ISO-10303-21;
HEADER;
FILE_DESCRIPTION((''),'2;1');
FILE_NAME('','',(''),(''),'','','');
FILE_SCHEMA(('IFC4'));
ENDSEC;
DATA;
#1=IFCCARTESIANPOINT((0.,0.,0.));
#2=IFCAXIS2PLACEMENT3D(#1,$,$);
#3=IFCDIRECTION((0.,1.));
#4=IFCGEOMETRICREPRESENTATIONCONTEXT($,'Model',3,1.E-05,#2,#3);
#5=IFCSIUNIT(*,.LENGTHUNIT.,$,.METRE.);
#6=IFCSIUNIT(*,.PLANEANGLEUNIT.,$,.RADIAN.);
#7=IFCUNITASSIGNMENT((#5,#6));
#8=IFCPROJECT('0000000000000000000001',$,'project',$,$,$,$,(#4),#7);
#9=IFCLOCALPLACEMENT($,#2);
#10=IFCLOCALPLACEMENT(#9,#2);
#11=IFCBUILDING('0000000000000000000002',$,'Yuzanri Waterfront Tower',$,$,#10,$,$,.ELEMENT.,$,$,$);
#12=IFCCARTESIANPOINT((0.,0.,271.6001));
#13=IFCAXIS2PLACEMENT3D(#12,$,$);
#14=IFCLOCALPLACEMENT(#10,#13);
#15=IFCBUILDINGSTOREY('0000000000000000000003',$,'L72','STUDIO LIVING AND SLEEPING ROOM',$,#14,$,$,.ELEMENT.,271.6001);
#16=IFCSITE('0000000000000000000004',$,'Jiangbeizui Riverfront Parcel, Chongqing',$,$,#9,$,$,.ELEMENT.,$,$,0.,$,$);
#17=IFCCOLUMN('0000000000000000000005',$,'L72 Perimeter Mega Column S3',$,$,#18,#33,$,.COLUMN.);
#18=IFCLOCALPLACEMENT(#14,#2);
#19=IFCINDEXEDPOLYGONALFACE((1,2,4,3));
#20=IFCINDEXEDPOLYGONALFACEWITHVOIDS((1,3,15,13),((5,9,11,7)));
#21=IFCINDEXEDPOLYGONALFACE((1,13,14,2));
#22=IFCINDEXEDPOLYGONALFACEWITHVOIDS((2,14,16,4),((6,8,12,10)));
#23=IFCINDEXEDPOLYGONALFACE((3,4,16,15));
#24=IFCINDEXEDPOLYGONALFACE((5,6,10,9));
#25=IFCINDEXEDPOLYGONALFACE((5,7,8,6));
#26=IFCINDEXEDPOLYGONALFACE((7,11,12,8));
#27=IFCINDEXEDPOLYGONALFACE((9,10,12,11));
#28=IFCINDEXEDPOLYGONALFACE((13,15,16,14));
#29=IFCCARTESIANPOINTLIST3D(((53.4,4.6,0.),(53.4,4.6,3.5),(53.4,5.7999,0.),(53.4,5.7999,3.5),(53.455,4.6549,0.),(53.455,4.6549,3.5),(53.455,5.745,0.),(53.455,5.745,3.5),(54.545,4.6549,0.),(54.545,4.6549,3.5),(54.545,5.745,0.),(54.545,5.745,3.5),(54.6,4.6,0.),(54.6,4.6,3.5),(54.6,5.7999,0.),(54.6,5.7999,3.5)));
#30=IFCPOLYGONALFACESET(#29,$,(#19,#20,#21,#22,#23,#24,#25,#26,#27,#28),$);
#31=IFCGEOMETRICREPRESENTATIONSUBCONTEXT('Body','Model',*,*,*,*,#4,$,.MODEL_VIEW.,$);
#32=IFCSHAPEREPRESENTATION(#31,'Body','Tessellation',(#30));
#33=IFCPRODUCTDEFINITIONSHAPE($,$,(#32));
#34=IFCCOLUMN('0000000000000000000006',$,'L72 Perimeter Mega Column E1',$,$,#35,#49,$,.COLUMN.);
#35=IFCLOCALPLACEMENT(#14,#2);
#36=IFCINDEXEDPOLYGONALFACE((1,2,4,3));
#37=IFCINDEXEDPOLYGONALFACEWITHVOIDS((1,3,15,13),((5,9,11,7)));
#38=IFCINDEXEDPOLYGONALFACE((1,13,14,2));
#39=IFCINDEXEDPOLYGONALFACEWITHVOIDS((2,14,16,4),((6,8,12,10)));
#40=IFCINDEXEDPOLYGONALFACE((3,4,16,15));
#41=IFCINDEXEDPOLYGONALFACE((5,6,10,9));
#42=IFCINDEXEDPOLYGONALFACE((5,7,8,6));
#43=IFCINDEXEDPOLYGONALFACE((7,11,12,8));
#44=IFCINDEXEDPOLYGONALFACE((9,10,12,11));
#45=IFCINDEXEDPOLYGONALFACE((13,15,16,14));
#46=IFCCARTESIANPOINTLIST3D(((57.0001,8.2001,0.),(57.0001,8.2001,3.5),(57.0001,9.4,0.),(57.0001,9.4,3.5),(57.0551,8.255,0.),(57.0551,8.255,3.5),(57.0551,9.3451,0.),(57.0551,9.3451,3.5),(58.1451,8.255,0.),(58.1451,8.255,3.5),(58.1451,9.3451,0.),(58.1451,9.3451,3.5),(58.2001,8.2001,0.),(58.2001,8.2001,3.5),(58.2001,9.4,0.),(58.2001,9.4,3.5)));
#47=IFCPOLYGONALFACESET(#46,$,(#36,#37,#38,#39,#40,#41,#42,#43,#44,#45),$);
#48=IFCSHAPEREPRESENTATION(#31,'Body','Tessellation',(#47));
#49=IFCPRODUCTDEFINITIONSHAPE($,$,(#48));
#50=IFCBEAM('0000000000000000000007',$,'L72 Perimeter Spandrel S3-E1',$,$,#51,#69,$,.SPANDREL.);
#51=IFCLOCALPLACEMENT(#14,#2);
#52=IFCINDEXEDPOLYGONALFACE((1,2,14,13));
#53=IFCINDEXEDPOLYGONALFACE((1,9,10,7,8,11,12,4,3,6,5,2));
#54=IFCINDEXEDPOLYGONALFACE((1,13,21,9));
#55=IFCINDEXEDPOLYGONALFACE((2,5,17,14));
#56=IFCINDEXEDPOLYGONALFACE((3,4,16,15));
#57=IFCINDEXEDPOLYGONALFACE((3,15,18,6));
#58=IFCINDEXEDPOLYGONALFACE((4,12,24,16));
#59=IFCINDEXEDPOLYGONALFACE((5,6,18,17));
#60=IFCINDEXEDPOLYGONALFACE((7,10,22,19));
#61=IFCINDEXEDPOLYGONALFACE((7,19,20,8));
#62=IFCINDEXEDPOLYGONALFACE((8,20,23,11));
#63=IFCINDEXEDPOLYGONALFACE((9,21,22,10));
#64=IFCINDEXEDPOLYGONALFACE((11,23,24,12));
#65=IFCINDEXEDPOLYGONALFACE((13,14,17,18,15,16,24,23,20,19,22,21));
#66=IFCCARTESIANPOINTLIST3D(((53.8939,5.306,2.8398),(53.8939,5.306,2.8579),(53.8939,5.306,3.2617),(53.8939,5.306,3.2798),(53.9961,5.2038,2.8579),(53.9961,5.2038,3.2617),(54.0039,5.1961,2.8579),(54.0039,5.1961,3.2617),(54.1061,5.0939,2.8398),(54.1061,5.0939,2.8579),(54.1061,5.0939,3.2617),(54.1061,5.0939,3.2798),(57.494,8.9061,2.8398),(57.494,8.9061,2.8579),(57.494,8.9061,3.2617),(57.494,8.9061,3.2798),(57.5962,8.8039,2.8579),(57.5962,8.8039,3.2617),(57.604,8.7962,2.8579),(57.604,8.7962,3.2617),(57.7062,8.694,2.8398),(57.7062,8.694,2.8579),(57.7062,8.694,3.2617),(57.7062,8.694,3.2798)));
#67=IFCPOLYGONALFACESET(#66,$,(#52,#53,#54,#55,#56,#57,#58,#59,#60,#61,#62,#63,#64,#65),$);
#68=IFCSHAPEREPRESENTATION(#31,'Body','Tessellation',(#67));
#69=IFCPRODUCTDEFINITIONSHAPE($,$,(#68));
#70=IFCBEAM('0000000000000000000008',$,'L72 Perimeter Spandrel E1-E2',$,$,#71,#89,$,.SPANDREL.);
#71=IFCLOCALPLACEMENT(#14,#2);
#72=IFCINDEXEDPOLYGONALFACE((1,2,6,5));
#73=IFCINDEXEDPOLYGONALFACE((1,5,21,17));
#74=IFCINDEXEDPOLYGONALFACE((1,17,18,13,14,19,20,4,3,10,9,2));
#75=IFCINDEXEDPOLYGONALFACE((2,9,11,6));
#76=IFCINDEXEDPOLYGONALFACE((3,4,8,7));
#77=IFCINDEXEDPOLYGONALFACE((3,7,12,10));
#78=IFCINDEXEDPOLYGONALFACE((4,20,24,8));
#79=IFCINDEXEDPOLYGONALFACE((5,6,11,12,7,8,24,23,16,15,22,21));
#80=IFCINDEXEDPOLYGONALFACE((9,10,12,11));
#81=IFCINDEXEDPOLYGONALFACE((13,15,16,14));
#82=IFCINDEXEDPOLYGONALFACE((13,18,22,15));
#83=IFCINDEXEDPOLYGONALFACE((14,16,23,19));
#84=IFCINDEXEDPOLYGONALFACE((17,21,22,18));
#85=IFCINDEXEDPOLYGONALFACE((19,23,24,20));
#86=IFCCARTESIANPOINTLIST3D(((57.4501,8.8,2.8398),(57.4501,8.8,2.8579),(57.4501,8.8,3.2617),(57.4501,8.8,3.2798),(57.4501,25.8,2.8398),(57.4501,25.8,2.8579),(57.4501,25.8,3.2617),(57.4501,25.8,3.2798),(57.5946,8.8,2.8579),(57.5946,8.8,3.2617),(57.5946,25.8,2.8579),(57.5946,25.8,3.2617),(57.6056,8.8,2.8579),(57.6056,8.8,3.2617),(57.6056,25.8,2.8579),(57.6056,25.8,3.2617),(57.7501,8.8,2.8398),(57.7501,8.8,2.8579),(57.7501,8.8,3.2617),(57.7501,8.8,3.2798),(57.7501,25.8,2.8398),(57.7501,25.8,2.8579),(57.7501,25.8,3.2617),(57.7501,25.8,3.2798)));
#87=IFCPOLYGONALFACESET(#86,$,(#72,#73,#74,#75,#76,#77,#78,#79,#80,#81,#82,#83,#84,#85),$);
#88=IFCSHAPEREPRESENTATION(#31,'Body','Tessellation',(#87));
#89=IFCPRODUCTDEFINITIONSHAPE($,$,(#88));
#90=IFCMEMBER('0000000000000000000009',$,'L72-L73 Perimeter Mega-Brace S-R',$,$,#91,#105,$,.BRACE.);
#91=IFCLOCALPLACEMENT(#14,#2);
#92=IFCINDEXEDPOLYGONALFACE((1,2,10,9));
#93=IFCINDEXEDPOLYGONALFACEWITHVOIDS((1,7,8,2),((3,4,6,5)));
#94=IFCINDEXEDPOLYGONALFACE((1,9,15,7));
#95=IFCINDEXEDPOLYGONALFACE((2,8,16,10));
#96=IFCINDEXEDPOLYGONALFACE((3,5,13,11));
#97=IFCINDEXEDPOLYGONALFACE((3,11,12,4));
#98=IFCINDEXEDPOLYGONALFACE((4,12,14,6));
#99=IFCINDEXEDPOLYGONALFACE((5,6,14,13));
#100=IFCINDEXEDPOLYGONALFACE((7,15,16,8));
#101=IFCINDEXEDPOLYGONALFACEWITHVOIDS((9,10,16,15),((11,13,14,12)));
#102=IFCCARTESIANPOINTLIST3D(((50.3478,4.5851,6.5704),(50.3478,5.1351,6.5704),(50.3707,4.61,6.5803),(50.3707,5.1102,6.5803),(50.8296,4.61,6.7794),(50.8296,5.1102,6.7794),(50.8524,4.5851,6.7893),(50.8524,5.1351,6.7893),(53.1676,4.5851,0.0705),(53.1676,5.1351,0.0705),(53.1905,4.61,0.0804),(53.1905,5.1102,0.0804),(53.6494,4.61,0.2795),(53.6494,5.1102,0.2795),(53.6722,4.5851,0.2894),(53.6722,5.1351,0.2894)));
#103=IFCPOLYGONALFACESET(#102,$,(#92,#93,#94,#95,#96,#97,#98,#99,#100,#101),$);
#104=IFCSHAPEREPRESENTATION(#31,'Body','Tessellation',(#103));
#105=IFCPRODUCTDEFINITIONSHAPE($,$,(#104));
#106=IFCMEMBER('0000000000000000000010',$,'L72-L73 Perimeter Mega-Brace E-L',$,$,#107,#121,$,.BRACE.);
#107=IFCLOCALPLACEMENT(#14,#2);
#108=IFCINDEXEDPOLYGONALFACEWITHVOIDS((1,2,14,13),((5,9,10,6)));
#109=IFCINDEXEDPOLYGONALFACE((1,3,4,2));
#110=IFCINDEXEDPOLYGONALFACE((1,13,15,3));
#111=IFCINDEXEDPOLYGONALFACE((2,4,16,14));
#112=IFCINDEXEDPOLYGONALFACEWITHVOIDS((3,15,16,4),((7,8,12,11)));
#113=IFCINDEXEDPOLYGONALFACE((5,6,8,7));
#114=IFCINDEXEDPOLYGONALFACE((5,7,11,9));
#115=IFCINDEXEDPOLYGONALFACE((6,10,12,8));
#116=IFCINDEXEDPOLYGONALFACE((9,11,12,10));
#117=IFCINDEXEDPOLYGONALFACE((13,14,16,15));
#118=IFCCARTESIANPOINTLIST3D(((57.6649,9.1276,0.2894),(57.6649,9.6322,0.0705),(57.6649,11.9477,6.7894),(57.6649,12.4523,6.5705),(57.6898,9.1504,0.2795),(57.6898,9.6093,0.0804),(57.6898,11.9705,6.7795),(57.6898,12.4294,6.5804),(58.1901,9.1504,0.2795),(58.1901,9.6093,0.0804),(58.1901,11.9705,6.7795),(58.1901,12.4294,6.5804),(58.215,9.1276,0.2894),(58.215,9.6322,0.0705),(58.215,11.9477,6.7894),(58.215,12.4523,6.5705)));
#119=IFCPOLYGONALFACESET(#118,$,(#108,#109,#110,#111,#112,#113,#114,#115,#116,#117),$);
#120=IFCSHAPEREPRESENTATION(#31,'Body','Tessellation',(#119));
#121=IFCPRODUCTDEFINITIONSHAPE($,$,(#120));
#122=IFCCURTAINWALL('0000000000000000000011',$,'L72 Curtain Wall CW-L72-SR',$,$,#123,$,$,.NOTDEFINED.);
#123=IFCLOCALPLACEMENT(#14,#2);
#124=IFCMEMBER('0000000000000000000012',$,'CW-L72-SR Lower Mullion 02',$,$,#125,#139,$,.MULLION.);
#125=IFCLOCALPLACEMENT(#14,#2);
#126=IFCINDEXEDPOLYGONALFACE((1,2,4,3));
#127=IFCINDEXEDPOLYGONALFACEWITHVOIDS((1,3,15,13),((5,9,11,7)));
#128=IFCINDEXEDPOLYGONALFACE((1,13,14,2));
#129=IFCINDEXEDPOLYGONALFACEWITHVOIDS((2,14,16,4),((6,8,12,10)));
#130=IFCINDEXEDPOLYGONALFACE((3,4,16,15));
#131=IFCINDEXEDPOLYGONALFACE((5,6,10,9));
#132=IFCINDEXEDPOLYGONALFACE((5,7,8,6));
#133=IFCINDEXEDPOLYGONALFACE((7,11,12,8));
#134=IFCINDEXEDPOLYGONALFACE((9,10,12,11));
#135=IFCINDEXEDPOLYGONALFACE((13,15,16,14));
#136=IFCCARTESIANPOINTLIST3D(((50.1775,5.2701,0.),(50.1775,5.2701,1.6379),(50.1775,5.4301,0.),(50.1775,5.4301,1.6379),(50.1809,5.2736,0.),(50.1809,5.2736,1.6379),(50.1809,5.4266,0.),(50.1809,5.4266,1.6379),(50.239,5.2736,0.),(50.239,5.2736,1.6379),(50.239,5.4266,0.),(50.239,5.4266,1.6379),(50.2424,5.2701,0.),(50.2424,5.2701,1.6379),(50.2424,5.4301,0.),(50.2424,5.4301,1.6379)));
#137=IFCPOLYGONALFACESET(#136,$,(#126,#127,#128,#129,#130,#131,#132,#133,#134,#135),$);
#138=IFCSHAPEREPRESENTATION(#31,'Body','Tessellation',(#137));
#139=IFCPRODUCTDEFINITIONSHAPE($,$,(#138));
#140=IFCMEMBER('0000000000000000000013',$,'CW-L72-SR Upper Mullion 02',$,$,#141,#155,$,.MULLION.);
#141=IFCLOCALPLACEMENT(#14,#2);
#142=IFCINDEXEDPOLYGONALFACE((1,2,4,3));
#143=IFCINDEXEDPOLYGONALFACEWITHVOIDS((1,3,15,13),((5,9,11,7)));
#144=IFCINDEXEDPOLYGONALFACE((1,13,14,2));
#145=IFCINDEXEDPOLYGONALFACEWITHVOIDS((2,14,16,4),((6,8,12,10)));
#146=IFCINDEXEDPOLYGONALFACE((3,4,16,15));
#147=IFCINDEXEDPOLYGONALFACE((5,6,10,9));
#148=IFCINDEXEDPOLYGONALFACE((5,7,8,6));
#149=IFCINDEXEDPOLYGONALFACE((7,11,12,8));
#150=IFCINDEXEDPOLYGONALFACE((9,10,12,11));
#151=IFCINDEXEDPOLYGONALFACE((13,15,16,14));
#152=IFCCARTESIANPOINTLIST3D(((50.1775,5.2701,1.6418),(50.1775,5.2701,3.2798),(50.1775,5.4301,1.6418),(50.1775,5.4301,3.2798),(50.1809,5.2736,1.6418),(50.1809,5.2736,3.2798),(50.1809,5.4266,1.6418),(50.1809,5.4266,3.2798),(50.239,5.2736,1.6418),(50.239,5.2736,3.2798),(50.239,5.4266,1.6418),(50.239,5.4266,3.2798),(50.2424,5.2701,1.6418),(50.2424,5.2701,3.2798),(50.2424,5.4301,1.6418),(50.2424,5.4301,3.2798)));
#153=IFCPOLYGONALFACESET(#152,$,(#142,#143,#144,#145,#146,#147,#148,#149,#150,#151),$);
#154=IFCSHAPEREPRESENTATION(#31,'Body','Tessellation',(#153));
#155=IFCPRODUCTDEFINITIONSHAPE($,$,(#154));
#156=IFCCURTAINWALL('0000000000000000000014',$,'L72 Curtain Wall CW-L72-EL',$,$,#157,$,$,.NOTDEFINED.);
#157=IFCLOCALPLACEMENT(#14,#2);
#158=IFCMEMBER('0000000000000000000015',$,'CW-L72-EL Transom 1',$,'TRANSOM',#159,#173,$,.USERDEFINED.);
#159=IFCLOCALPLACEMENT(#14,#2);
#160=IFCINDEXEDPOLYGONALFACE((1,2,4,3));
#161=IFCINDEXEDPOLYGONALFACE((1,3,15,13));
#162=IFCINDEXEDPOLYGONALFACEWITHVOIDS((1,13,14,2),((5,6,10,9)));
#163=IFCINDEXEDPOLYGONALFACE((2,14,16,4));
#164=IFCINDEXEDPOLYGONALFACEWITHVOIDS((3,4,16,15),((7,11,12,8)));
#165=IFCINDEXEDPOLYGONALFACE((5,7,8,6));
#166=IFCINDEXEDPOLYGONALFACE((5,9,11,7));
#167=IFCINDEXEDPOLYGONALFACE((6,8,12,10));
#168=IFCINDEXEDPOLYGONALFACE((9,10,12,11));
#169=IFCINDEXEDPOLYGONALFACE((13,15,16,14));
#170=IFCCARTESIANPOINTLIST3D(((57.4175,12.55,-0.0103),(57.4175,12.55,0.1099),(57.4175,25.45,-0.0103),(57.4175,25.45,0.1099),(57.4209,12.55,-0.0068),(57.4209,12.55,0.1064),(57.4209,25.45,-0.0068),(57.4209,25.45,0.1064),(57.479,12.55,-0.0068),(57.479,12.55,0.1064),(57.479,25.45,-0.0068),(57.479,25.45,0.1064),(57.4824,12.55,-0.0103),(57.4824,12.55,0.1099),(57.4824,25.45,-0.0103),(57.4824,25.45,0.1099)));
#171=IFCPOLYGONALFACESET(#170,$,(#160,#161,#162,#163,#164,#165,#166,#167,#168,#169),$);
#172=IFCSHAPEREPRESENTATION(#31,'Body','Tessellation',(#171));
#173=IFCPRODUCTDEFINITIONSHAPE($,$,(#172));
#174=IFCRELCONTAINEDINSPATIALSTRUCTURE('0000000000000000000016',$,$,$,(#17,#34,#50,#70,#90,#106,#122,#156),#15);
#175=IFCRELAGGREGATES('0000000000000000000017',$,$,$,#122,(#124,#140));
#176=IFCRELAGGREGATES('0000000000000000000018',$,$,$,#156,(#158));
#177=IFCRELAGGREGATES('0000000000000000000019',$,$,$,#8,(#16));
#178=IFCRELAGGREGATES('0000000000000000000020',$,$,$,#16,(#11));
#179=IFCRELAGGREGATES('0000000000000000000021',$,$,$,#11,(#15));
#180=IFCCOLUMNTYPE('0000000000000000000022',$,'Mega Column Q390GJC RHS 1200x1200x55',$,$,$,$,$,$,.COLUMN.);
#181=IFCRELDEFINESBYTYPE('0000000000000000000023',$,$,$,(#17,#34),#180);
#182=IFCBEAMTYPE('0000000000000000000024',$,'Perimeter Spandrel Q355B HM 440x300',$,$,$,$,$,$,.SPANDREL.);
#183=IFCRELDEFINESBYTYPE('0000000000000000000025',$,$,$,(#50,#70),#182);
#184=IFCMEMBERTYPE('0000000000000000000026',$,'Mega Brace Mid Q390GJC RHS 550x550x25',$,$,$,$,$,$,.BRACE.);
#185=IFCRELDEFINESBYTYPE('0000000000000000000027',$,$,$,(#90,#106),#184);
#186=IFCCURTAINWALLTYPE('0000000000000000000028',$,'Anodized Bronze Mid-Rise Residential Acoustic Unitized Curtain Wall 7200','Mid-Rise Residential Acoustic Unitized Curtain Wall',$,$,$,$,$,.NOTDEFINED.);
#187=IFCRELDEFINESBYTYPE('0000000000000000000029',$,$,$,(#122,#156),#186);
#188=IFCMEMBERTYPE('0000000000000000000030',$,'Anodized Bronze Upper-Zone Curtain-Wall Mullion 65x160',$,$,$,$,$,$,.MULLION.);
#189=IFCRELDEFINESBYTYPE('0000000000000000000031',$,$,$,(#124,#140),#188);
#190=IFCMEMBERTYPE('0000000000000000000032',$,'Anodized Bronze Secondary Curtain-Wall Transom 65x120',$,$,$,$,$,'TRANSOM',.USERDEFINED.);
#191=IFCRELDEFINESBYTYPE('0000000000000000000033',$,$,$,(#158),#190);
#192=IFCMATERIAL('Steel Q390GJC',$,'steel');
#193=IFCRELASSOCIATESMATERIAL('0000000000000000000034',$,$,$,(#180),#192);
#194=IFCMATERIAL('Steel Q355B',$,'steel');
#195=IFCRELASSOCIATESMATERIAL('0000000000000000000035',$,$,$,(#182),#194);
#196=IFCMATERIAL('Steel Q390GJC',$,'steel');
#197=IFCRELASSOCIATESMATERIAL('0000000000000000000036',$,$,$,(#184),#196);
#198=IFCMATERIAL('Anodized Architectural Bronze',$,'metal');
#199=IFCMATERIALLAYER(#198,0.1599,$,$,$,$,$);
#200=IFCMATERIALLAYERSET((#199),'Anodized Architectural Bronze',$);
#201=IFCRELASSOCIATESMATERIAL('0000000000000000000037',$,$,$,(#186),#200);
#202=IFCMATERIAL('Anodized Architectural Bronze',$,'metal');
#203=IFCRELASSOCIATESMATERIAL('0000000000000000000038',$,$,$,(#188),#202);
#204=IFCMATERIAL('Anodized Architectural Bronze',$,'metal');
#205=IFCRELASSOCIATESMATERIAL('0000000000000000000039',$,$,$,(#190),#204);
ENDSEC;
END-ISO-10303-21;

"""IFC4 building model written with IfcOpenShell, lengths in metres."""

from ifc_helpers import new_model, si_unit, direction, frame, origin, origin_2d, place, context, subcontext, project, spatial, hollow_rectangle, i_section, extrude, source, transform, mapped, material, layer, layer_set, material_profile, profile_set, type_object, element, aggregate, save


model = new_model("IFC4")

# Units and contexts
model_context = context("Model", 3, precision=1e-05, world=origin(), true_north=direction((0.0, 1.0)))
body_context = subcontext(model_context, "Body", "Model", "MODEL_VIEW")
ifc_project = project(units=[si_unit("LENGTHUNIT", "METRE"), si_unit("PLANEANGLEUNIT", "RADIAN")], contexts=[model_context])

# Site, building, storey
site_placement = place(None, origin())
site = spatial("IfcSite", under=ifc_project, at=site_placement, Name="Jiangbeizui Riverfront Parcel, Chongqing", CompositionType="ELEMENT", RefElevation=0.0)
building_placement = place(site_placement, origin())
building = spatial("IfcBuilding", under=site, at=building_placement, Name="Yuzanri Waterfront Tower", CompositionType="ELEMENT")
storey_placement = place(building_placement, frame((0.0, 0.0, 271.6001)))
storey = spatial("IfcBuildingStorey", under=building, at=storey_placement, Name="L72", Description="STUDIO LIVING AND SLEEPING ROOM", CompositionType="ELEMENT", Elevation=271.6001)

# Columns
ifc_material_1 = material(Name="Steel Q390GJC", Category="steel")
ifc_material_profile_1 = material_profile(ifc_material_1, hollow_rectangle(XDim=1.2, YDim=1.2, WallThickness=0.0549, at=origin_2d()), Name="RHS 1200x1200x55")
ifc_profile_set_1 = profile_set([ifc_material_profile_1], Name="Steel Q390GJC")
column_type = type_object("IfcColumnType", Name="Mega Column Q390GJC RHS 1200x1200x55", PredefinedType="COLUMN", material=ifc_profile_set_1)
shared_shape_1 = source(origin(), body_context, "Body", "SweptSolid", [
    extrude(hollow_rectangle(XDim=1.2, YDim=1.2, WallThickness=0.0549, at=origin_2d()), origin(), (0.0, 0.0, 1.0), 3.5),
])
for number, where, z_axis, x_axis, name in (
    (1, (54.0, 5.2, 0.0), (0.0, 0.0, 1.0), (1.0, 0.0, 0.0), "L72 Perimeter Mega Column S3"),
    (2, (57.6001, 8.8, 0.0), (0.0, 0.0, 1.0), (1.0, 0.0, 0.0), "L72 Perimeter Mega Column E1"),
):
    element("IfcColumn", number, at=place(storey_placement, frame(where, z_axis=z_axis, x_axis=x_axis)), inside=storey, type_object=column_type, Name=name, PredefinedType="COLUMN", context=body_context, shape_type="MappedRepresentation", body=[
        mapped(shared_shape_1, transform((0.0, 0.0, 0.0), scale=1.0)),
    ])

# Beams
ifc_material_2 = material(Name="Steel Q355B", Category="steel")
ifc_material_profile_2 = material_profile(ifc_material_2, i_section(OverallWidth=0.3, OverallDepth=0.4399, WebThickness=0.011, FlangeThickness=0.0181, at=origin_2d()), Name="HM 440x300x11x18")
ifc_profile_set_2 = profile_set([ifc_material_profile_2], Name="Steel Q355B")
beam_type = type_object("IfcBeamType", Name="Perimeter Spandrel Q355B HM 440x300", PredefinedType="SPANDREL", material=ifc_profile_set_2)
shared_shape_2 = source(origin(), body_context, "Body", "SweptSolid", [
    extrude(i_section(OverallWidth=0.3, OverallDepth=0.4399, WebThickness=0.011, FlangeThickness=0.0181, at=origin_2d()), origin(), (0.0, 0.0, 1.0), 5.0913),
])
beam_1_placement = place(storey_placement, frame((54.0, 5.2, 3.0598), z_axis=(0.707107, 0.707107, 0.0), x_axis=(-0.707107, 0.707107, 0.0)))
element("IfcBeam", 3, at=beam_1_placement, inside=storey, type_object=beam_type, Name="L72 Perimeter Spandrel S3-E1", PredefinedType="SPANDREL", context=body_context, shape_type="MappedRepresentation", body=[
    mapped(shared_shape_2, transform((0.0, 0.0, 0.0), scale=1.0)),
])
shared_shape_3 = source(origin(), body_context, "Body", "SweptSolid", [
    extrude(i_section(OverallWidth=0.3, OverallDepth=0.4399, WebThickness=0.011, FlangeThickness=0.0181, at=origin_2d()), origin(), (0.0, 0.0, 1.0), 17.0),
])
beam_2_placement = place(storey_placement, frame((57.6001, 8.8, 3.0598), z_axis=(0.0, 1.0, 0.0), x_axis=(-1.0, 0.0, 0.0)))
element("IfcBeam", 4, at=beam_2_placement, inside=storey, type_object=beam_type, Name="L72 Perimeter Spandrel E1-E2", PredefinedType="SPANDREL", context=body_context, shape_type="MappedRepresentation", body=[
    mapped(shared_shape_3, transform((0.0, 0.0, 0.0), scale=1.0)),
])

# Members
ifc_material_3 = material(Name="Steel Q390GJC", Category="steel")
ifc_material_profile_3 = material_profile(ifc_material_3, hollow_rectangle(XDim=0.55, YDim=0.55, WallThickness=0.0249, at=origin_2d()), Name="RHS 550x550x25")
ifc_profile_set_3 = profile_set([ifc_material_profile_3], Name="Steel Q390GJC")
member_type_1 = type_object("IfcMemberType", Name="Mega Brace Mid Q390GJC RHS 550x550x25", PredefinedType="BRACE", material=ifc_profile_set_3)
shared_shape_4 = source(origin(), body_context, "Body", "SweptSolid", [
    extrude(hollow_rectangle(XDim=0.55, YDim=0.55, WallThickness=0.0249, at=origin_2d()), origin(), (0.0, 0.0, 1.0), 7.0852),
])
member_1_placement = place(storey_placement, frame((53.4199, 4.8601, 0.1799), z_axis=(-0.397983, 0.0, 0.917393), x_axis=(0.0, -1.0, 0.0)))
element("IfcMember", 5, at=member_1_placement, inside=storey, type_object=member_type_1, Name="L72-L73 Perimeter Mega-Brace S-R", PredefinedType="BRACE", context=body_context, shape_type="MappedRepresentation", body=[
    mapped(shared_shape_4, transform((0.0, 0.0, 0.0), scale=1.0)),
])
shared_shape_5 = source(origin(), body_context, "Body", "SweptSolid", [
    extrude(hollow_rectangle(XDim=0.55, YDim=0.55, WallThickness=0.0249, at=origin_2d()), origin(), (0.0, 0.0, 1.0), 7.0854),
])
member_2_placement = place(storey_placement, frame((57.9399, 9.3799, 0.1799), z_axis=(0.0, 0.398012, 0.91738), x_axis=(-1.0, 0.0, 0.0)))
element("IfcMember", 6, at=member_2_placement, inside=storey, type_object=member_type_1, Name="L72-L73 Perimeter Mega-Brace E-L", PredefinedType="BRACE", context=body_context, shape_type="MappedRepresentation", body=[
    mapped(shared_shape_5, transform((0.0, 0.0, 0.0), scale=1.0)),
])

# Curtain walls, members
ifc_material_4 = material(Name="Anodized Architectural Bronze", Category="metal")
ifc_layer_1 = layer(ifc_material_4, 0.1599)
ifc_layer_set_1 = layer_set([ifc_layer_1], Name="Anodized Architectural Bronze")
curtain_wall_type = type_object("IfcCurtainWallType", Name="Anodized Bronze Mid-Rise Residential Acoustic Unitized Curtain Wall 7200", Description="Mid-Rise Residential Acoustic Unitized Curtain Wall", PredefinedType="NOTDEFINED", material=ifc_layer_set_1)
curtain_wall_1_placement = place(storey_placement, origin())
curtain_wall_1 = element("IfcCurtainWall", 7, at=curtain_wall_1_placement, inside=storey, type_object=curtain_wall_type, Name="L72 Curtain Wall CW-L72-SR", PredefinedType="NOTDEFINED")
ifc_material_5 = material(Name="Anodized Architectural Bronze", Category="metal")
ifc_material_profile_4 = material_profile(ifc_material_5, hollow_rectangle(XDim=0.0649, YDim=0.1599, WallThickness=0.0034, at=origin_2d()), Name="CWM 65x160")
ifc_profile_set_4 = profile_set([ifc_material_profile_4], Name="Anodized Architectural Bronze")
member_type_2 = type_object("IfcMemberType", Name="Anodized Bronze Upper-Zone Curtain-Wall Mullion 65x160", PredefinedType="MULLION", material=ifc_profile_set_4)
shared_shape_6 = source(origin(), body_context, "Body", "SweptSolid", [
    extrude(hollow_rectangle(XDim=0.0649, YDim=0.1599, WallThickness=0.0034, at=origin_2d()), origin(), (0.0, 0.0, 1.0), 1.6379),
])
member_3_placement = place(storey_placement, frame((50.21, 5.3501, 0.0), z_axis=(0.0, 0.0, 1.0), x_axis=(1.0, 0.0, 0.0)))
member_3 = element("IfcMember", 8, at=member_3_placement, type_object=member_type_2, Name="CW-L72-SR Lower Mullion 02", PredefinedType="MULLION", context=body_context, shape_type="MappedRepresentation", body=[
    mapped(shared_shape_6, transform((0.0, 0.0, 0.0), scale=1.0)),
])
member_4_placement = place(storey_placement, frame((50.21, 5.3501, 1.6418), z_axis=(0.0, 0.0, 1.0), x_axis=(1.0, 0.0, 0.0)))
member_4 = element("IfcMember", 9, at=member_4_placement, type_object=member_type_2, Name="CW-L72-SR Upper Mullion 02", PredefinedType="MULLION", context=body_context, shape_type="MappedRepresentation", body=[
    mapped(shared_shape_6, transform((0.0, 0.0, 0.0), scale=1.0)),
])
aggregate(curtain_wall_1, [member_3, member_4])
curtain_wall_2_placement = place(storey_placement, origin())
curtain_wall_2 = element("IfcCurtainWall", 10, at=curtain_wall_2_placement, inside=storey, type_object=curtain_wall_type, Name="L72 Curtain Wall CW-L72-EL", PredefinedType="NOTDEFINED")
ifc_material_6 = material(Name="Anodized Architectural Bronze", Category="metal")
ifc_material_profile_5 = material_profile(ifc_material_6, hollow_rectangle(XDim=0.0649, YDim=0.1201, WallThickness=0.0034, at=origin_2d()), Name="CWT 65x120")
ifc_profile_set_5 = profile_set([ifc_material_profile_5], Name="Anodized Architectural Bronze")
member_type_3 = type_object("IfcMemberType", Name="Anodized Bronze Secondary Curtain-Wall Transom 65x120", ElementType="TRANSOM", PredefinedType="USERDEFINED", material=ifc_profile_set_5)
shared_shape_7 = source(origin(), body_context, "Body", "SweptSolid", [
    extrude(hollow_rectangle(XDim=0.0649, YDim=0.1201, WallThickness=0.0034, at=origin_2d()), origin(), (0.0, 0.0, 1.0), 12.8999),
])
member_5_placement = place(storey_placement, frame((57.45, 12.55, 0.0498), z_axis=(0.0, 1.0, 0.0), x_axis=(-1.0, 0.0, 0.0)))
member_5 = element("IfcMember", 11, at=member_5_placement, type_object=member_type_3, Name="CW-L72-EL Transom 1", ObjectType="TRANSOM", PredefinedType="USERDEFINED", context=body_context, shape_type="MappedRepresentation", body=[
    mapped(shared_shape_7, transform((0.0, 0.0, 0.0), scale=1.0)),
])
aggregate(curtain_wall_2, [member_5])

save(model, "model.ifc")
